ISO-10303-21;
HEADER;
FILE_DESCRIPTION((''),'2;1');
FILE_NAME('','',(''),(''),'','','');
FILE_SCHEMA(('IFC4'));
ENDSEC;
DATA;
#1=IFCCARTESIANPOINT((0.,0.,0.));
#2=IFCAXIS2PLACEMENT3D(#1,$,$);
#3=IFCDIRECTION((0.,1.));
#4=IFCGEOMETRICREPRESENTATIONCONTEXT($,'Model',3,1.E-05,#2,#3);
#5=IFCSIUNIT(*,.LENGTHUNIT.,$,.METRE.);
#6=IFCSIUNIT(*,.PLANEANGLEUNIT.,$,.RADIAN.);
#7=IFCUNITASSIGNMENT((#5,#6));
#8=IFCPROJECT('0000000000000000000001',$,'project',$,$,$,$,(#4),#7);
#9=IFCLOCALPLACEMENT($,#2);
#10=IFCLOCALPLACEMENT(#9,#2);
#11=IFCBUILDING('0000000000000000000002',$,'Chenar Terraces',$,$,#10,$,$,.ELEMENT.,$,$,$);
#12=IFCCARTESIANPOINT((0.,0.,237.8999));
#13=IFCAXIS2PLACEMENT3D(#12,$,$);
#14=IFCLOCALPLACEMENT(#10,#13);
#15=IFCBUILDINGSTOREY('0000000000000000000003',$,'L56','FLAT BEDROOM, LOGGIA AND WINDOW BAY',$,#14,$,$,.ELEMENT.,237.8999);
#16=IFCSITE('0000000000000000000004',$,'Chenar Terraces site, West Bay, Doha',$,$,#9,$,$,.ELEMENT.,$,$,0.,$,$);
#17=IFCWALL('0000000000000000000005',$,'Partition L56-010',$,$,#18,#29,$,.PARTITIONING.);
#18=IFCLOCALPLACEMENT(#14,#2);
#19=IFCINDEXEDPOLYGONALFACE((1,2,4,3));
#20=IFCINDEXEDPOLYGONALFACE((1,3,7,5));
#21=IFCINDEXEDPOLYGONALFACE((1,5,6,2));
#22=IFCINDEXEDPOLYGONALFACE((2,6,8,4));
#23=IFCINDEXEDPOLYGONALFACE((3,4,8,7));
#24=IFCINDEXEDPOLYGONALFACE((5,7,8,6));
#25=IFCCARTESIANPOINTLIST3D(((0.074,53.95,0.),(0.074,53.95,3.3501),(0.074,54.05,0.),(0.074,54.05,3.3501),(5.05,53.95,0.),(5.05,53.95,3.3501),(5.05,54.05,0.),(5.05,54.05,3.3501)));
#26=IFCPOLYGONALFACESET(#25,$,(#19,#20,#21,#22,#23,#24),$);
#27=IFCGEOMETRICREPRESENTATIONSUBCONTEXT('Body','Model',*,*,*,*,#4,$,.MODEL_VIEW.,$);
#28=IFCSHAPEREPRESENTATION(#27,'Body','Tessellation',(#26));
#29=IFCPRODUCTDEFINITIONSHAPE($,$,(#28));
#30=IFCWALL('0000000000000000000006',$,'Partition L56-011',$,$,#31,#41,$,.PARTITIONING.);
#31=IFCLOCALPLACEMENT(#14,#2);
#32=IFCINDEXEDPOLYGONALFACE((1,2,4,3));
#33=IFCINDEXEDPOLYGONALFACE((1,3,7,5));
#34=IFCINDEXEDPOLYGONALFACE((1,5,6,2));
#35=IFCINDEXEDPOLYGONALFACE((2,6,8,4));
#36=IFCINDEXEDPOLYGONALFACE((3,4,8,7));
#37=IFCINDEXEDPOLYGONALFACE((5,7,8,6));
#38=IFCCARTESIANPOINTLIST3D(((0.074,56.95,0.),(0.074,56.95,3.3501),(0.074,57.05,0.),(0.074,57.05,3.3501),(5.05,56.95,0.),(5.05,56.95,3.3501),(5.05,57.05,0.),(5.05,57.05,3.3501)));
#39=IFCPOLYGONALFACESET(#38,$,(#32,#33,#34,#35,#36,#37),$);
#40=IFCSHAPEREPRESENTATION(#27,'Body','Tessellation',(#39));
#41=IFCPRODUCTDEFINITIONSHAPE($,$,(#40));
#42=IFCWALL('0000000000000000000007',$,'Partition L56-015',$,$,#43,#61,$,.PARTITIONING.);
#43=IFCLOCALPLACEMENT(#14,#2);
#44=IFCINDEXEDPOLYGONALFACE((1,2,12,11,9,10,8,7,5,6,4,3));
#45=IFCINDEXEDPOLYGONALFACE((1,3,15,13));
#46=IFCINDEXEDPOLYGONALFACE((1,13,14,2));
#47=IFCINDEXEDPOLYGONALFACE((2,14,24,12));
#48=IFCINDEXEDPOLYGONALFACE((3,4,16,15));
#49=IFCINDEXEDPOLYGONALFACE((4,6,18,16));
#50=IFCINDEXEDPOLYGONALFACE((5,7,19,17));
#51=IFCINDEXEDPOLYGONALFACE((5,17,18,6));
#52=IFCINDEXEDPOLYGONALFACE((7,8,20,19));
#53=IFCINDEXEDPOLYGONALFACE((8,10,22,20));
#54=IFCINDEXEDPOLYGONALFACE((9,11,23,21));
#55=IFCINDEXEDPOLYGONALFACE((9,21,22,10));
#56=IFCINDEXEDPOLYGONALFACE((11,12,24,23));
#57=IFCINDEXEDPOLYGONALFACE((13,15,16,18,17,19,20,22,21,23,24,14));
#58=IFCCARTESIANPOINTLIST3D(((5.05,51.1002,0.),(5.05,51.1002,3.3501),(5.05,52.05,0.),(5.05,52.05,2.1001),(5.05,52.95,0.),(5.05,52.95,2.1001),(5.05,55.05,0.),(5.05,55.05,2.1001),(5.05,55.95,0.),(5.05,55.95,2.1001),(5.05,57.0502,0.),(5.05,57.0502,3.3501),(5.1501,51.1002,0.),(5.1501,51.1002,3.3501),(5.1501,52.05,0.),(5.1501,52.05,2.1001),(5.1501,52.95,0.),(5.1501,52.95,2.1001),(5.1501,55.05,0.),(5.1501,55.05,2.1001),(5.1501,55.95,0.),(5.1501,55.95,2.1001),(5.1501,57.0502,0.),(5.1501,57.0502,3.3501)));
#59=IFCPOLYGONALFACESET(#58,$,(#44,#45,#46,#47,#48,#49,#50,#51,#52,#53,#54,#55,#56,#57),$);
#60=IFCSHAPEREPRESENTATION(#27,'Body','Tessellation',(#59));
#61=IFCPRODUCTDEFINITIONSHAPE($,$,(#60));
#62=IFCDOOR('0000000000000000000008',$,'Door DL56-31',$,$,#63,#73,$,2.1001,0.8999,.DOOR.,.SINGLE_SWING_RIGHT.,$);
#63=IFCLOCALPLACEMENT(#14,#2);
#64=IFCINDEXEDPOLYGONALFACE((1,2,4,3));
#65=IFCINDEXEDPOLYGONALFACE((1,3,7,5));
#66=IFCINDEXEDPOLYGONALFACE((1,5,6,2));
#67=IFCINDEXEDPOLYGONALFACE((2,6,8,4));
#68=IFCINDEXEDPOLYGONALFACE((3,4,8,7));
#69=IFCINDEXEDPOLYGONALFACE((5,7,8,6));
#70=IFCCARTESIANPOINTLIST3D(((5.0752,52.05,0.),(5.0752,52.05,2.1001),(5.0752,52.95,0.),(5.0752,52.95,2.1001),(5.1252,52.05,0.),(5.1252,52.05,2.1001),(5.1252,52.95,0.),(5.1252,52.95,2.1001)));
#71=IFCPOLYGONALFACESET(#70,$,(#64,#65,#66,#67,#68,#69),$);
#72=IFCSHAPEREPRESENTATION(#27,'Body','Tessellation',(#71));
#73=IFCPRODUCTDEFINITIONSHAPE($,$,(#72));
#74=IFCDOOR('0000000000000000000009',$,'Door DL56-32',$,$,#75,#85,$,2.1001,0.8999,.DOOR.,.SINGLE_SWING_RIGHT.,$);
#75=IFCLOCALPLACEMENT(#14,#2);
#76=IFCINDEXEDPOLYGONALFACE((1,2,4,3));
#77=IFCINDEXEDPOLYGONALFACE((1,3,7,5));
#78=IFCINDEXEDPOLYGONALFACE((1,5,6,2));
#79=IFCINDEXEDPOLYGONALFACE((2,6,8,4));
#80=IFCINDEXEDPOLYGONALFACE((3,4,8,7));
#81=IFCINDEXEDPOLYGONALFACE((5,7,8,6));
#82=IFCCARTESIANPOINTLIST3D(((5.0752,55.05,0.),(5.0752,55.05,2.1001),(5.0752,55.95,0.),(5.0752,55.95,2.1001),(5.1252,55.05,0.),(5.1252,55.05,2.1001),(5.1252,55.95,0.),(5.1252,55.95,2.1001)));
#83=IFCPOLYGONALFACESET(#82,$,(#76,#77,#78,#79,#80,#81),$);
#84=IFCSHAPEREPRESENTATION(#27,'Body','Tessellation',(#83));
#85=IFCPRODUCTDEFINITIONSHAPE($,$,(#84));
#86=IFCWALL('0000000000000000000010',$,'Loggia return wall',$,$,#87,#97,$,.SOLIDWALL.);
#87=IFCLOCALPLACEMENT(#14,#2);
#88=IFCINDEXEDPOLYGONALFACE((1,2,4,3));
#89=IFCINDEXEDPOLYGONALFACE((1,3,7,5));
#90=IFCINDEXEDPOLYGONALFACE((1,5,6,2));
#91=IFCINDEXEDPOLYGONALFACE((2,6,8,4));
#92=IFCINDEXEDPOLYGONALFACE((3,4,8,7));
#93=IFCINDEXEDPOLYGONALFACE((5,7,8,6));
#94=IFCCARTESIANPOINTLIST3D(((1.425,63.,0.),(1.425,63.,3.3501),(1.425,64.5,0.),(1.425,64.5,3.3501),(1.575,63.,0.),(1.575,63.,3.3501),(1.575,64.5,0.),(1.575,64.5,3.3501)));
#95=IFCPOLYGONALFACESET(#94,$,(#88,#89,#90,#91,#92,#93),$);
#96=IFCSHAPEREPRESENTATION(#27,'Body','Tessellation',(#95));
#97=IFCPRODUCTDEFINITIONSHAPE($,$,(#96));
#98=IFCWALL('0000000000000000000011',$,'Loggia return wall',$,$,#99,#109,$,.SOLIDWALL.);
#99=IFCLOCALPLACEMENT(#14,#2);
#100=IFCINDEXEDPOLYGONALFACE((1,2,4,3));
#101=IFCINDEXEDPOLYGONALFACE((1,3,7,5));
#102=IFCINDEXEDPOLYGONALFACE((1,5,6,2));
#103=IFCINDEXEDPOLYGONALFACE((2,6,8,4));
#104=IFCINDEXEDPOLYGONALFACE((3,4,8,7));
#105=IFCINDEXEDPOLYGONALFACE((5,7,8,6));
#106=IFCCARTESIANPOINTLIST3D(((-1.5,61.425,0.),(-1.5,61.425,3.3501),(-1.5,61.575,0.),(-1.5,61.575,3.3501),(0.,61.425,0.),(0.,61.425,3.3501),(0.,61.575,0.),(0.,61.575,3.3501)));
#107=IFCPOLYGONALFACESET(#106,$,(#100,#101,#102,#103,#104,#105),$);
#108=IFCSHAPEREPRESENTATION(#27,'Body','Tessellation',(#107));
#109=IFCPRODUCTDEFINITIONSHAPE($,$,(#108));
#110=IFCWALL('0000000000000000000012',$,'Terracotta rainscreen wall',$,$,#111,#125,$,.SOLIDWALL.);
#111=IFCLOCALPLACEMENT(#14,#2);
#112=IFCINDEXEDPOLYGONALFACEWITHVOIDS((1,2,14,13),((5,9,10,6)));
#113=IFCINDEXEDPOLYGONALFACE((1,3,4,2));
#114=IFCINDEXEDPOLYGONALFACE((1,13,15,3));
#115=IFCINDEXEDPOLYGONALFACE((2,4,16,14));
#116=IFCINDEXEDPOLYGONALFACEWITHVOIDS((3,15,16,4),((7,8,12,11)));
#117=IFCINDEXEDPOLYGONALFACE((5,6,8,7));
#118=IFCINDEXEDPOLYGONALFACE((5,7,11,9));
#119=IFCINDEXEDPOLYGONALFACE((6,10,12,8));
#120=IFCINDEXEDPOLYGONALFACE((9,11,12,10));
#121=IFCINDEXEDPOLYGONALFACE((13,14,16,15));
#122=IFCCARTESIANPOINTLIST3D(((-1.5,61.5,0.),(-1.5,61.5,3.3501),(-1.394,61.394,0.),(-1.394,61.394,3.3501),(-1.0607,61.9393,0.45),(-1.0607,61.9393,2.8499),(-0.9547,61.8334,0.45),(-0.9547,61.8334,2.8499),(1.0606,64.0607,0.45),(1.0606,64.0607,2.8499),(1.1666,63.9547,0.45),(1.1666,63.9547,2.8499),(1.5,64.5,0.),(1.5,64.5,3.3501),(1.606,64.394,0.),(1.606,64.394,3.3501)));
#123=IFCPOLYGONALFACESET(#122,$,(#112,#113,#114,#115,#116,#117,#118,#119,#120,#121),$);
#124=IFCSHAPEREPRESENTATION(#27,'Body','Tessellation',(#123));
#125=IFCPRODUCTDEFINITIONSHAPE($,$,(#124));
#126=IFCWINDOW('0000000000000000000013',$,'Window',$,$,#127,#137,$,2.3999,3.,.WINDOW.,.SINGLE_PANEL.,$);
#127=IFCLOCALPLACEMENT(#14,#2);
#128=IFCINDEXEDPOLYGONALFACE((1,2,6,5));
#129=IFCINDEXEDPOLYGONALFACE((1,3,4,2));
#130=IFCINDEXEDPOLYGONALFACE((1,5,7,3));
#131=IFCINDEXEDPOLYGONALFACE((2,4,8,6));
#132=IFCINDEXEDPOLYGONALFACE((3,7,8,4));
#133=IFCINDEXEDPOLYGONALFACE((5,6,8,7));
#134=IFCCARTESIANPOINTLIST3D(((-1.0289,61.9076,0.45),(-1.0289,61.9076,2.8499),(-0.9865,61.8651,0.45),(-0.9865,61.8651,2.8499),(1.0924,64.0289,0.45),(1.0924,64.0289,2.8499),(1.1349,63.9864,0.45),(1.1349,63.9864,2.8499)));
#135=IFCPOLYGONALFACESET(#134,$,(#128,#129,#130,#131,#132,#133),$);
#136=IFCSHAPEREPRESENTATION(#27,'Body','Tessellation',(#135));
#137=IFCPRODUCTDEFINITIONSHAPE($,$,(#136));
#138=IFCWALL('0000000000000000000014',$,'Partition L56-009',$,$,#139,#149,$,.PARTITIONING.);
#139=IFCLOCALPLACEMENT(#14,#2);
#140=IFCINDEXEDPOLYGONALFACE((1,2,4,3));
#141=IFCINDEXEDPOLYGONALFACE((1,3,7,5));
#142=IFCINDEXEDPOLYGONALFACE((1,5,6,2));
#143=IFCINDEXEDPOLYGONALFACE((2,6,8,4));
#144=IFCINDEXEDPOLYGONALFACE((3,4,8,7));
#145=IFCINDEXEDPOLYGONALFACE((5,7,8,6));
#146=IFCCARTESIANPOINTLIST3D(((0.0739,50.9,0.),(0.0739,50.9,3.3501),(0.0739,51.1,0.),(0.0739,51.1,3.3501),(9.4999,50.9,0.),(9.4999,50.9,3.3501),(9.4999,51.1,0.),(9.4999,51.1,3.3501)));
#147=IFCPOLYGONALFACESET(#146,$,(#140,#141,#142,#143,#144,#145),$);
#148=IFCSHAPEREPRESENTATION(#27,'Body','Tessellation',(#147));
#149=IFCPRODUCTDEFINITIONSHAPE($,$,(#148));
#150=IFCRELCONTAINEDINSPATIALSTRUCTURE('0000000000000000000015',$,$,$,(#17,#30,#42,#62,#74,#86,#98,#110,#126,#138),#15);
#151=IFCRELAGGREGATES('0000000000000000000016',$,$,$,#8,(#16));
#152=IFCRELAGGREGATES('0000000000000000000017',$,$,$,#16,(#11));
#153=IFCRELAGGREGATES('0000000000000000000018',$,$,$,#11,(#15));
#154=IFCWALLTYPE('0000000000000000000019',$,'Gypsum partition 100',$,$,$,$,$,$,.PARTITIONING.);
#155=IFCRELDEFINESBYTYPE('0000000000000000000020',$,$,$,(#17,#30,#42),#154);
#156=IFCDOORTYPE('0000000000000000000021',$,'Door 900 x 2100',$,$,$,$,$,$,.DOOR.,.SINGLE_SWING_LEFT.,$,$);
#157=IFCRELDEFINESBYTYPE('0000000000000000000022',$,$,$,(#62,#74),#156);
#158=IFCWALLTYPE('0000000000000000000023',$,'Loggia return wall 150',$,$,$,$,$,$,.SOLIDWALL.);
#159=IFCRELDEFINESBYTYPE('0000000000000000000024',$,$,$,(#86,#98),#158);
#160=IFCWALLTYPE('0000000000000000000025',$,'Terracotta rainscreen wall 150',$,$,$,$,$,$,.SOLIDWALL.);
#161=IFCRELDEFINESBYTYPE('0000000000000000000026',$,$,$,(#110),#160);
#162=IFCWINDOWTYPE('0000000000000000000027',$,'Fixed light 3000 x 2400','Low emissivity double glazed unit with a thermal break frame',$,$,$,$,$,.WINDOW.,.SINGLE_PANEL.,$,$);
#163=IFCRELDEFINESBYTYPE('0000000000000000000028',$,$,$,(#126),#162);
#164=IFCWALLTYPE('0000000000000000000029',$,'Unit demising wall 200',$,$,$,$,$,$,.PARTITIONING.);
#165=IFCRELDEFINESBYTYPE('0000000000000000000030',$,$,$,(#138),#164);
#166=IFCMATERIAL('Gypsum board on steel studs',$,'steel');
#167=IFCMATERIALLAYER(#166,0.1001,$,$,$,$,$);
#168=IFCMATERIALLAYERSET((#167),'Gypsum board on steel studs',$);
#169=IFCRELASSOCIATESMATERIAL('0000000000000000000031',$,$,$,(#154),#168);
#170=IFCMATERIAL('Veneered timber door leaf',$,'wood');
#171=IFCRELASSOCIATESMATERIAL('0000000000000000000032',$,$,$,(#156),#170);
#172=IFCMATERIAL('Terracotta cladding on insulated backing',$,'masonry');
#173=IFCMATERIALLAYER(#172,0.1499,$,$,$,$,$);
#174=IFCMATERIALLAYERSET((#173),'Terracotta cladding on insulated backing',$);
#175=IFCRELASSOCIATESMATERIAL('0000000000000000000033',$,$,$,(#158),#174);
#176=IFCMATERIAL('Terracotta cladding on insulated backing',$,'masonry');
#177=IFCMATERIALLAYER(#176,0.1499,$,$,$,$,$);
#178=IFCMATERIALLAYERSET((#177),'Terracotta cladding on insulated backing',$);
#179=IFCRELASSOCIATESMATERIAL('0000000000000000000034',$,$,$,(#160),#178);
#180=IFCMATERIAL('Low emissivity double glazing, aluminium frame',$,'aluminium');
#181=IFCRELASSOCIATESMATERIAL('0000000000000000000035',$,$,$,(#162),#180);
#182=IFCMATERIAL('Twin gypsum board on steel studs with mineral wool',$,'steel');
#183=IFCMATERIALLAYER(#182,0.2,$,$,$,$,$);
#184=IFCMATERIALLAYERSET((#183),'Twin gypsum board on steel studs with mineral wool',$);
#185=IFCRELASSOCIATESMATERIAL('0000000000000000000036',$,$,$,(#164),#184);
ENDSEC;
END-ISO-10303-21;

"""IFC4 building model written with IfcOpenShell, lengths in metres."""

from ifc_helpers import new_model, si_unit, direction, frame, frame_2d, origin, place, context, subcontext, project, spatial, rectangle, extrude, material, layer, layer_set, type_object, element, fill, save


model = new_model("IFC4")

# Units and contexts
model_context = context("Model", 3, precision=1e-05, world=origin(), true_north=direction((0.0, 1.0)))
body_context = subcontext(model_context, "Body", "Model", "MODEL_VIEW")
ifc_project = project(units=[si_unit("LENGTHUNIT", "METRE"), si_unit("PLANEANGLEUNIT", "RADIAN")], contexts=[model_context])

# Site, building, storey
site_placement = place(None, origin())
site = spatial("IfcSite", under=ifc_project, at=site_placement, Name="Chenar Terraces site, West Bay, Doha", CompositionType="ELEMENT", RefElevation=0.0)
building_placement = place(site_placement, origin())
building = spatial("IfcBuilding", under=site, at=building_placement, Name="Chenar Terraces", CompositionType="ELEMENT")
storey_placement = place(building_placement, frame((0.0, 0.0, 237.8999)))
storey = spatial("IfcBuildingStorey", under=building, at=storey_placement, Name="L56", Description="FLAT BEDROOM, LOGGIA AND WINDOW BAY", CompositionType="ELEMENT", Elevation=237.8999)

# Walls
ifc_material_1 = material(Name="Gypsum board on steel studs", Category="steel")
ifc_layer_1 = layer(ifc_material_1, 0.1001)
ifc_layer_set_1 = layer_set([ifc_layer_1], Name="Gypsum board on steel studs")
wall_type_1 = type_object("IfcWallType", Name="Gypsum partition 100", PredefinedType="PARTITIONING", material=ifc_layer_set_1)
for number, where, z_axis, x_axis, name in (
    (1, (0.074, 54.0, 0.0), (0.0, 0.0, 1.0), (1.0, 0.0, 0.0), "Partition L56-010"),
    (2, (0.074, 57.0, 0.0), (0.0, 0.0, 1.0), (1.0, 0.0, 0.0), "Partition L56-011"),
):
    element("IfcWall", number, at=place(storey_placement, frame(where, z_axis=z_axis, x_axis=x_axis)), inside=storey, type_object=wall_type_1, Name=name, PredefinedType="PARTITIONING", context=body_context, shape_type="SweptSolid", body=[
        extrude(rectangle(XDim=4.9761, YDim=0.1001, at=frame_2d((2.488, 0.0))), origin(), (0.0, 0.0, 1.0), 3.3501),
    ])

# Wall, openings, doors
wall_1_placement = place(storey_placement, frame((5.1001, 51.1001, 0.0), z_axis=(0.0, 0.0, 1.0), x_axis=(0.0, 1.0, 0.0)))
wall_1 = element("IfcWall", 3, at=wall_1_placement, inside=storey, type_object=wall_type_1, Name="Partition L56-015", PredefinedType="PARTITIONING", context=body_context, shape_type="SweptSolid", body=[
    extrude(rectangle(XDim=5.95, YDim=0.1001, at=frame_2d((2.9751, 0.0))), origin(), (0.0, 0.0, 1.0), 3.3501),
])
opening_1_placement = place(wall_1_placement, frame((0.95, 0.0, 0.0)))
opening_1 = element("IfcOpeningElement", 4, at=opening_1_placement, cuts=wall_1, PredefinedType="OPENING", context=body_context, shape_type="SweptSolid", body=[
    extrude(rectangle(XDim=0.8999, YDim=2.1001, at=frame_2d((0.45, 1.05))), frame((0.0, 0.0601, 0.0), z_axis=(0.0, -1.0, 0.0), x_axis=(1.0, 0.0, 0.0)), (0.0, 0.0, 1.0), 0.1201),
])
opening_2_placement = place(wall_1_placement, frame((3.95, 0.0, 0.0)))
opening_2 = element("IfcOpeningElement", 5, at=opening_2_placement, cuts=wall_1, PredefinedType="OPENING", context=body_context, shape_type="SweptSolid", body=[
    extrude(rectangle(XDim=0.8999, YDim=2.1001, at=frame_2d((0.45, 1.05))), frame((0.0, 0.0601, 0.0), z_axis=(0.0, -1.0, 0.0), x_axis=(1.0, 0.0, 0.0)), (0.0, 0.0, 1.0), 0.1201),
])
ifc_material_2 = material(Name="Veneered timber door leaf", Category="wood")
door_type_1 = type_object("IfcDoorType", Name="Door 900 x 2100", OperationType="SINGLE_SWING_LEFT", PredefinedType="DOOR", material=ifc_material_2)
door_1_placement = place(opening_1_placement, origin())
door_1 = element("IfcDoor", 6, at=door_1_placement, inside=storey, type_object=door_type_1, Name="Door DL56-31", OperationType="SINGLE_SWING_RIGHT", OverallHeight=2.1001, OverallWidth=0.8999, PredefinedType="DOOR", context=body_context, shape_type="SweptSolid", body=[
    extrude(rectangle(XDim=0.8999, YDim=2.1001, at=frame_2d((0.45, 1.05))), frame((0.0, 0.0249, 0.0), z_axis=(0.0, -1.0, 0.0), x_axis=(1.0, 0.0, 0.0)), (0.0, 0.0, 1.0), 0.05),
])
fill(opening_1, door_1)
door_2_placement = place(opening_2_placement, origin())
door_2 = element("IfcDoor", 7, at=door_2_placement, inside=storey, type_object=door_type_1, Name="Door DL56-32", OperationType="SINGLE_SWING_RIGHT", OverallHeight=2.1001, OverallWidth=0.8999, PredefinedType="DOOR", context=body_context, shape_type="SweptSolid", body=[
    extrude(rectangle(XDim=0.8999, YDim=2.1001, at=frame_2d((0.45, 1.05))), frame((0.0, 0.0249, 0.0), z_axis=(0.0, -1.0, 0.0), x_axis=(1.0, 0.0, 0.0)), (0.0, 0.0, 1.0), 0.05),
])
fill(opening_2, door_2)

# Walls
ifc_material_3 = material(Name="Terracotta cladding on insulated backing", Category="masonry")
ifc_layer_2 = layer(ifc_material_3, 0.1499)
ifc_layer_set_2 = layer_set([ifc_layer_2], Name="Terracotta cladding on insulated backing")
wall_type_2 = type_object("IfcWallType", Name="Loggia return wall 150", PredefinedType="SOLIDWALL", material=ifc_layer_set_2)
for number, where, z_axis, x_axis, name in (
    (8, (1.5, 64.5, 0.0), (0.0, 0.0, 1.0), (0.0, -1.0, 0.0), "Loggia return wall"),
    (9, (-1.5, 61.5, 0.0), (0.0, 0.0, 1.0), (1.0, 0.0, 0.0), "Loggia return wall"),
):
    element("IfcWall", number, at=place(storey_placement, frame(where, z_axis=z_axis, x_axis=x_axis)), inside=storey, type_object=wall_type_2, Name=name, PredefinedType="SOLIDWALL", context=body_context, shape_type="SweptSolid", body=[
        extrude(rectangle(XDim=1.5, YDim=0.1499, at=frame_2d((0.75, 0.0))), origin(), (0.0, 0.0, 1.0), 3.3501),
    ])

# Wall, opening, window
ifc_material_4 = material(Name="Terracotta cladding on insulated backing", Category="masonry")
ifc_layer_3 = layer(ifc_material_4, 0.1499)
ifc_layer_set_3 = layer_set([ifc_layer_3], Name="Terracotta cladding on insulated backing")
wall_type_3 = type_object("IfcWallType", Name="Terracotta rainscreen wall 150", PredefinedType="SOLIDWALL", material=ifc_layer_set_3)
wall_2_placement = place(storey_placement, frame((1.553, 64.447, 0.0), z_axis=(0.0, 0.0, 1.0), x_axis=(-0.707107, -0.707107, 0.0)))
wall_2 = element("IfcWall", 10, at=wall_2_placement, inside=storey, type_object=wall_type_3, Name="Terracotta rainscreen wall", PredefinedType="SOLIDWALL", context=body_context, shape_type="SweptSolid", body=[
    extrude(rectangle(XDim=4.2427, YDim=0.1499, at=frame_2d((2.1213, 0.0))), origin(), (0.0, 0.0, 1.0), 3.3501),
])
opening_3_placement = place(wall_2_placement, frame((0.6213, 0.0, 0.45)))
opening_3 = element("IfcOpeningElement", 11, at=opening_3_placement, cuts=wall_2, PredefinedType="OPENING", context=body_context, shape_type="SweptSolid", body=[
    extrude(rectangle(XDim=3.0, YDim=2.3999, at=frame_2d((1.5, 1.2))), frame((0.0, 0.085, 0.0), z_axis=(0.0, -1.0, 0.0), x_axis=(1.0, 0.0, 0.0)), (0.0, 0.0, 1.0), 0.1699),
])
ifc_material_5 = material(Name="Low emissivity double glazing, aluminium frame", Category="aluminium")
window_type_1 = type_object("IfcWindowType", Name="Fixed light 3000 x 2400", Description="Low emissivity double glazed unit with a thermal break frame", PartitioningType="SINGLE_PANEL", PredefinedType="WINDOW", material=ifc_material_5)
window_1_placement = place(opening_3_placement, origin())
window_1 = element("IfcWindow", 12, at=window_1_placement, inside=storey, type_object=window_type_1, Name="Window", OverallHeight=2.3999, OverallWidth=3.0, PartitioningType="SINGLE_PANEL", PredefinedType="WINDOW", context=body_context, shape_type="SweptSolid", body=[
    extrude(rectangle(XDim=3.0, YDim=2.3999, at=frame_2d((1.5, 1.2))), frame((0.0, 0.03, 0.0), z_axis=(0.0, -1.0, 0.0), x_axis=(1.0, 0.0, 0.0)), (0.0, 0.0, 1.0), 0.0601),
])
fill(opening_3, window_1)

# Wall
ifc_material_6 = material(Name="Twin gypsum board on steel studs with mineral wool", Category="steel")
ifc_layer_4 = layer(ifc_material_6, 0.2)
ifc_layer_set_4 = layer_set([ifc_layer_4], Name="Twin gypsum board on steel studs with mineral wool")
wall_type_4 = type_object("IfcWallType", Name="Unit demising wall 200", PredefinedType="PARTITIONING", material=ifc_layer_set_4)
wall_3_placement = place(storey_placement, frame((0.074, 51.0, 0.0), z_axis=(0.0, 0.0, 1.0), x_axis=(1.0, 0.0, 0.0)))
element("IfcWall", 13, at=wall_3_placement, inside=storey, type_object=wall_type_4, Name="Partition L56-009", PredefinedType="PARTITIONING", context=body_context, shape_type="SweptSolid", body=[
    extrude(rectangle(XDim=9.426, YDim=0.2, at=frame_2d((4.7129, 0.0))), origin(), (0.0, 0.0, 1.0), 3.3501),
])

save(model, "model.ifc")
